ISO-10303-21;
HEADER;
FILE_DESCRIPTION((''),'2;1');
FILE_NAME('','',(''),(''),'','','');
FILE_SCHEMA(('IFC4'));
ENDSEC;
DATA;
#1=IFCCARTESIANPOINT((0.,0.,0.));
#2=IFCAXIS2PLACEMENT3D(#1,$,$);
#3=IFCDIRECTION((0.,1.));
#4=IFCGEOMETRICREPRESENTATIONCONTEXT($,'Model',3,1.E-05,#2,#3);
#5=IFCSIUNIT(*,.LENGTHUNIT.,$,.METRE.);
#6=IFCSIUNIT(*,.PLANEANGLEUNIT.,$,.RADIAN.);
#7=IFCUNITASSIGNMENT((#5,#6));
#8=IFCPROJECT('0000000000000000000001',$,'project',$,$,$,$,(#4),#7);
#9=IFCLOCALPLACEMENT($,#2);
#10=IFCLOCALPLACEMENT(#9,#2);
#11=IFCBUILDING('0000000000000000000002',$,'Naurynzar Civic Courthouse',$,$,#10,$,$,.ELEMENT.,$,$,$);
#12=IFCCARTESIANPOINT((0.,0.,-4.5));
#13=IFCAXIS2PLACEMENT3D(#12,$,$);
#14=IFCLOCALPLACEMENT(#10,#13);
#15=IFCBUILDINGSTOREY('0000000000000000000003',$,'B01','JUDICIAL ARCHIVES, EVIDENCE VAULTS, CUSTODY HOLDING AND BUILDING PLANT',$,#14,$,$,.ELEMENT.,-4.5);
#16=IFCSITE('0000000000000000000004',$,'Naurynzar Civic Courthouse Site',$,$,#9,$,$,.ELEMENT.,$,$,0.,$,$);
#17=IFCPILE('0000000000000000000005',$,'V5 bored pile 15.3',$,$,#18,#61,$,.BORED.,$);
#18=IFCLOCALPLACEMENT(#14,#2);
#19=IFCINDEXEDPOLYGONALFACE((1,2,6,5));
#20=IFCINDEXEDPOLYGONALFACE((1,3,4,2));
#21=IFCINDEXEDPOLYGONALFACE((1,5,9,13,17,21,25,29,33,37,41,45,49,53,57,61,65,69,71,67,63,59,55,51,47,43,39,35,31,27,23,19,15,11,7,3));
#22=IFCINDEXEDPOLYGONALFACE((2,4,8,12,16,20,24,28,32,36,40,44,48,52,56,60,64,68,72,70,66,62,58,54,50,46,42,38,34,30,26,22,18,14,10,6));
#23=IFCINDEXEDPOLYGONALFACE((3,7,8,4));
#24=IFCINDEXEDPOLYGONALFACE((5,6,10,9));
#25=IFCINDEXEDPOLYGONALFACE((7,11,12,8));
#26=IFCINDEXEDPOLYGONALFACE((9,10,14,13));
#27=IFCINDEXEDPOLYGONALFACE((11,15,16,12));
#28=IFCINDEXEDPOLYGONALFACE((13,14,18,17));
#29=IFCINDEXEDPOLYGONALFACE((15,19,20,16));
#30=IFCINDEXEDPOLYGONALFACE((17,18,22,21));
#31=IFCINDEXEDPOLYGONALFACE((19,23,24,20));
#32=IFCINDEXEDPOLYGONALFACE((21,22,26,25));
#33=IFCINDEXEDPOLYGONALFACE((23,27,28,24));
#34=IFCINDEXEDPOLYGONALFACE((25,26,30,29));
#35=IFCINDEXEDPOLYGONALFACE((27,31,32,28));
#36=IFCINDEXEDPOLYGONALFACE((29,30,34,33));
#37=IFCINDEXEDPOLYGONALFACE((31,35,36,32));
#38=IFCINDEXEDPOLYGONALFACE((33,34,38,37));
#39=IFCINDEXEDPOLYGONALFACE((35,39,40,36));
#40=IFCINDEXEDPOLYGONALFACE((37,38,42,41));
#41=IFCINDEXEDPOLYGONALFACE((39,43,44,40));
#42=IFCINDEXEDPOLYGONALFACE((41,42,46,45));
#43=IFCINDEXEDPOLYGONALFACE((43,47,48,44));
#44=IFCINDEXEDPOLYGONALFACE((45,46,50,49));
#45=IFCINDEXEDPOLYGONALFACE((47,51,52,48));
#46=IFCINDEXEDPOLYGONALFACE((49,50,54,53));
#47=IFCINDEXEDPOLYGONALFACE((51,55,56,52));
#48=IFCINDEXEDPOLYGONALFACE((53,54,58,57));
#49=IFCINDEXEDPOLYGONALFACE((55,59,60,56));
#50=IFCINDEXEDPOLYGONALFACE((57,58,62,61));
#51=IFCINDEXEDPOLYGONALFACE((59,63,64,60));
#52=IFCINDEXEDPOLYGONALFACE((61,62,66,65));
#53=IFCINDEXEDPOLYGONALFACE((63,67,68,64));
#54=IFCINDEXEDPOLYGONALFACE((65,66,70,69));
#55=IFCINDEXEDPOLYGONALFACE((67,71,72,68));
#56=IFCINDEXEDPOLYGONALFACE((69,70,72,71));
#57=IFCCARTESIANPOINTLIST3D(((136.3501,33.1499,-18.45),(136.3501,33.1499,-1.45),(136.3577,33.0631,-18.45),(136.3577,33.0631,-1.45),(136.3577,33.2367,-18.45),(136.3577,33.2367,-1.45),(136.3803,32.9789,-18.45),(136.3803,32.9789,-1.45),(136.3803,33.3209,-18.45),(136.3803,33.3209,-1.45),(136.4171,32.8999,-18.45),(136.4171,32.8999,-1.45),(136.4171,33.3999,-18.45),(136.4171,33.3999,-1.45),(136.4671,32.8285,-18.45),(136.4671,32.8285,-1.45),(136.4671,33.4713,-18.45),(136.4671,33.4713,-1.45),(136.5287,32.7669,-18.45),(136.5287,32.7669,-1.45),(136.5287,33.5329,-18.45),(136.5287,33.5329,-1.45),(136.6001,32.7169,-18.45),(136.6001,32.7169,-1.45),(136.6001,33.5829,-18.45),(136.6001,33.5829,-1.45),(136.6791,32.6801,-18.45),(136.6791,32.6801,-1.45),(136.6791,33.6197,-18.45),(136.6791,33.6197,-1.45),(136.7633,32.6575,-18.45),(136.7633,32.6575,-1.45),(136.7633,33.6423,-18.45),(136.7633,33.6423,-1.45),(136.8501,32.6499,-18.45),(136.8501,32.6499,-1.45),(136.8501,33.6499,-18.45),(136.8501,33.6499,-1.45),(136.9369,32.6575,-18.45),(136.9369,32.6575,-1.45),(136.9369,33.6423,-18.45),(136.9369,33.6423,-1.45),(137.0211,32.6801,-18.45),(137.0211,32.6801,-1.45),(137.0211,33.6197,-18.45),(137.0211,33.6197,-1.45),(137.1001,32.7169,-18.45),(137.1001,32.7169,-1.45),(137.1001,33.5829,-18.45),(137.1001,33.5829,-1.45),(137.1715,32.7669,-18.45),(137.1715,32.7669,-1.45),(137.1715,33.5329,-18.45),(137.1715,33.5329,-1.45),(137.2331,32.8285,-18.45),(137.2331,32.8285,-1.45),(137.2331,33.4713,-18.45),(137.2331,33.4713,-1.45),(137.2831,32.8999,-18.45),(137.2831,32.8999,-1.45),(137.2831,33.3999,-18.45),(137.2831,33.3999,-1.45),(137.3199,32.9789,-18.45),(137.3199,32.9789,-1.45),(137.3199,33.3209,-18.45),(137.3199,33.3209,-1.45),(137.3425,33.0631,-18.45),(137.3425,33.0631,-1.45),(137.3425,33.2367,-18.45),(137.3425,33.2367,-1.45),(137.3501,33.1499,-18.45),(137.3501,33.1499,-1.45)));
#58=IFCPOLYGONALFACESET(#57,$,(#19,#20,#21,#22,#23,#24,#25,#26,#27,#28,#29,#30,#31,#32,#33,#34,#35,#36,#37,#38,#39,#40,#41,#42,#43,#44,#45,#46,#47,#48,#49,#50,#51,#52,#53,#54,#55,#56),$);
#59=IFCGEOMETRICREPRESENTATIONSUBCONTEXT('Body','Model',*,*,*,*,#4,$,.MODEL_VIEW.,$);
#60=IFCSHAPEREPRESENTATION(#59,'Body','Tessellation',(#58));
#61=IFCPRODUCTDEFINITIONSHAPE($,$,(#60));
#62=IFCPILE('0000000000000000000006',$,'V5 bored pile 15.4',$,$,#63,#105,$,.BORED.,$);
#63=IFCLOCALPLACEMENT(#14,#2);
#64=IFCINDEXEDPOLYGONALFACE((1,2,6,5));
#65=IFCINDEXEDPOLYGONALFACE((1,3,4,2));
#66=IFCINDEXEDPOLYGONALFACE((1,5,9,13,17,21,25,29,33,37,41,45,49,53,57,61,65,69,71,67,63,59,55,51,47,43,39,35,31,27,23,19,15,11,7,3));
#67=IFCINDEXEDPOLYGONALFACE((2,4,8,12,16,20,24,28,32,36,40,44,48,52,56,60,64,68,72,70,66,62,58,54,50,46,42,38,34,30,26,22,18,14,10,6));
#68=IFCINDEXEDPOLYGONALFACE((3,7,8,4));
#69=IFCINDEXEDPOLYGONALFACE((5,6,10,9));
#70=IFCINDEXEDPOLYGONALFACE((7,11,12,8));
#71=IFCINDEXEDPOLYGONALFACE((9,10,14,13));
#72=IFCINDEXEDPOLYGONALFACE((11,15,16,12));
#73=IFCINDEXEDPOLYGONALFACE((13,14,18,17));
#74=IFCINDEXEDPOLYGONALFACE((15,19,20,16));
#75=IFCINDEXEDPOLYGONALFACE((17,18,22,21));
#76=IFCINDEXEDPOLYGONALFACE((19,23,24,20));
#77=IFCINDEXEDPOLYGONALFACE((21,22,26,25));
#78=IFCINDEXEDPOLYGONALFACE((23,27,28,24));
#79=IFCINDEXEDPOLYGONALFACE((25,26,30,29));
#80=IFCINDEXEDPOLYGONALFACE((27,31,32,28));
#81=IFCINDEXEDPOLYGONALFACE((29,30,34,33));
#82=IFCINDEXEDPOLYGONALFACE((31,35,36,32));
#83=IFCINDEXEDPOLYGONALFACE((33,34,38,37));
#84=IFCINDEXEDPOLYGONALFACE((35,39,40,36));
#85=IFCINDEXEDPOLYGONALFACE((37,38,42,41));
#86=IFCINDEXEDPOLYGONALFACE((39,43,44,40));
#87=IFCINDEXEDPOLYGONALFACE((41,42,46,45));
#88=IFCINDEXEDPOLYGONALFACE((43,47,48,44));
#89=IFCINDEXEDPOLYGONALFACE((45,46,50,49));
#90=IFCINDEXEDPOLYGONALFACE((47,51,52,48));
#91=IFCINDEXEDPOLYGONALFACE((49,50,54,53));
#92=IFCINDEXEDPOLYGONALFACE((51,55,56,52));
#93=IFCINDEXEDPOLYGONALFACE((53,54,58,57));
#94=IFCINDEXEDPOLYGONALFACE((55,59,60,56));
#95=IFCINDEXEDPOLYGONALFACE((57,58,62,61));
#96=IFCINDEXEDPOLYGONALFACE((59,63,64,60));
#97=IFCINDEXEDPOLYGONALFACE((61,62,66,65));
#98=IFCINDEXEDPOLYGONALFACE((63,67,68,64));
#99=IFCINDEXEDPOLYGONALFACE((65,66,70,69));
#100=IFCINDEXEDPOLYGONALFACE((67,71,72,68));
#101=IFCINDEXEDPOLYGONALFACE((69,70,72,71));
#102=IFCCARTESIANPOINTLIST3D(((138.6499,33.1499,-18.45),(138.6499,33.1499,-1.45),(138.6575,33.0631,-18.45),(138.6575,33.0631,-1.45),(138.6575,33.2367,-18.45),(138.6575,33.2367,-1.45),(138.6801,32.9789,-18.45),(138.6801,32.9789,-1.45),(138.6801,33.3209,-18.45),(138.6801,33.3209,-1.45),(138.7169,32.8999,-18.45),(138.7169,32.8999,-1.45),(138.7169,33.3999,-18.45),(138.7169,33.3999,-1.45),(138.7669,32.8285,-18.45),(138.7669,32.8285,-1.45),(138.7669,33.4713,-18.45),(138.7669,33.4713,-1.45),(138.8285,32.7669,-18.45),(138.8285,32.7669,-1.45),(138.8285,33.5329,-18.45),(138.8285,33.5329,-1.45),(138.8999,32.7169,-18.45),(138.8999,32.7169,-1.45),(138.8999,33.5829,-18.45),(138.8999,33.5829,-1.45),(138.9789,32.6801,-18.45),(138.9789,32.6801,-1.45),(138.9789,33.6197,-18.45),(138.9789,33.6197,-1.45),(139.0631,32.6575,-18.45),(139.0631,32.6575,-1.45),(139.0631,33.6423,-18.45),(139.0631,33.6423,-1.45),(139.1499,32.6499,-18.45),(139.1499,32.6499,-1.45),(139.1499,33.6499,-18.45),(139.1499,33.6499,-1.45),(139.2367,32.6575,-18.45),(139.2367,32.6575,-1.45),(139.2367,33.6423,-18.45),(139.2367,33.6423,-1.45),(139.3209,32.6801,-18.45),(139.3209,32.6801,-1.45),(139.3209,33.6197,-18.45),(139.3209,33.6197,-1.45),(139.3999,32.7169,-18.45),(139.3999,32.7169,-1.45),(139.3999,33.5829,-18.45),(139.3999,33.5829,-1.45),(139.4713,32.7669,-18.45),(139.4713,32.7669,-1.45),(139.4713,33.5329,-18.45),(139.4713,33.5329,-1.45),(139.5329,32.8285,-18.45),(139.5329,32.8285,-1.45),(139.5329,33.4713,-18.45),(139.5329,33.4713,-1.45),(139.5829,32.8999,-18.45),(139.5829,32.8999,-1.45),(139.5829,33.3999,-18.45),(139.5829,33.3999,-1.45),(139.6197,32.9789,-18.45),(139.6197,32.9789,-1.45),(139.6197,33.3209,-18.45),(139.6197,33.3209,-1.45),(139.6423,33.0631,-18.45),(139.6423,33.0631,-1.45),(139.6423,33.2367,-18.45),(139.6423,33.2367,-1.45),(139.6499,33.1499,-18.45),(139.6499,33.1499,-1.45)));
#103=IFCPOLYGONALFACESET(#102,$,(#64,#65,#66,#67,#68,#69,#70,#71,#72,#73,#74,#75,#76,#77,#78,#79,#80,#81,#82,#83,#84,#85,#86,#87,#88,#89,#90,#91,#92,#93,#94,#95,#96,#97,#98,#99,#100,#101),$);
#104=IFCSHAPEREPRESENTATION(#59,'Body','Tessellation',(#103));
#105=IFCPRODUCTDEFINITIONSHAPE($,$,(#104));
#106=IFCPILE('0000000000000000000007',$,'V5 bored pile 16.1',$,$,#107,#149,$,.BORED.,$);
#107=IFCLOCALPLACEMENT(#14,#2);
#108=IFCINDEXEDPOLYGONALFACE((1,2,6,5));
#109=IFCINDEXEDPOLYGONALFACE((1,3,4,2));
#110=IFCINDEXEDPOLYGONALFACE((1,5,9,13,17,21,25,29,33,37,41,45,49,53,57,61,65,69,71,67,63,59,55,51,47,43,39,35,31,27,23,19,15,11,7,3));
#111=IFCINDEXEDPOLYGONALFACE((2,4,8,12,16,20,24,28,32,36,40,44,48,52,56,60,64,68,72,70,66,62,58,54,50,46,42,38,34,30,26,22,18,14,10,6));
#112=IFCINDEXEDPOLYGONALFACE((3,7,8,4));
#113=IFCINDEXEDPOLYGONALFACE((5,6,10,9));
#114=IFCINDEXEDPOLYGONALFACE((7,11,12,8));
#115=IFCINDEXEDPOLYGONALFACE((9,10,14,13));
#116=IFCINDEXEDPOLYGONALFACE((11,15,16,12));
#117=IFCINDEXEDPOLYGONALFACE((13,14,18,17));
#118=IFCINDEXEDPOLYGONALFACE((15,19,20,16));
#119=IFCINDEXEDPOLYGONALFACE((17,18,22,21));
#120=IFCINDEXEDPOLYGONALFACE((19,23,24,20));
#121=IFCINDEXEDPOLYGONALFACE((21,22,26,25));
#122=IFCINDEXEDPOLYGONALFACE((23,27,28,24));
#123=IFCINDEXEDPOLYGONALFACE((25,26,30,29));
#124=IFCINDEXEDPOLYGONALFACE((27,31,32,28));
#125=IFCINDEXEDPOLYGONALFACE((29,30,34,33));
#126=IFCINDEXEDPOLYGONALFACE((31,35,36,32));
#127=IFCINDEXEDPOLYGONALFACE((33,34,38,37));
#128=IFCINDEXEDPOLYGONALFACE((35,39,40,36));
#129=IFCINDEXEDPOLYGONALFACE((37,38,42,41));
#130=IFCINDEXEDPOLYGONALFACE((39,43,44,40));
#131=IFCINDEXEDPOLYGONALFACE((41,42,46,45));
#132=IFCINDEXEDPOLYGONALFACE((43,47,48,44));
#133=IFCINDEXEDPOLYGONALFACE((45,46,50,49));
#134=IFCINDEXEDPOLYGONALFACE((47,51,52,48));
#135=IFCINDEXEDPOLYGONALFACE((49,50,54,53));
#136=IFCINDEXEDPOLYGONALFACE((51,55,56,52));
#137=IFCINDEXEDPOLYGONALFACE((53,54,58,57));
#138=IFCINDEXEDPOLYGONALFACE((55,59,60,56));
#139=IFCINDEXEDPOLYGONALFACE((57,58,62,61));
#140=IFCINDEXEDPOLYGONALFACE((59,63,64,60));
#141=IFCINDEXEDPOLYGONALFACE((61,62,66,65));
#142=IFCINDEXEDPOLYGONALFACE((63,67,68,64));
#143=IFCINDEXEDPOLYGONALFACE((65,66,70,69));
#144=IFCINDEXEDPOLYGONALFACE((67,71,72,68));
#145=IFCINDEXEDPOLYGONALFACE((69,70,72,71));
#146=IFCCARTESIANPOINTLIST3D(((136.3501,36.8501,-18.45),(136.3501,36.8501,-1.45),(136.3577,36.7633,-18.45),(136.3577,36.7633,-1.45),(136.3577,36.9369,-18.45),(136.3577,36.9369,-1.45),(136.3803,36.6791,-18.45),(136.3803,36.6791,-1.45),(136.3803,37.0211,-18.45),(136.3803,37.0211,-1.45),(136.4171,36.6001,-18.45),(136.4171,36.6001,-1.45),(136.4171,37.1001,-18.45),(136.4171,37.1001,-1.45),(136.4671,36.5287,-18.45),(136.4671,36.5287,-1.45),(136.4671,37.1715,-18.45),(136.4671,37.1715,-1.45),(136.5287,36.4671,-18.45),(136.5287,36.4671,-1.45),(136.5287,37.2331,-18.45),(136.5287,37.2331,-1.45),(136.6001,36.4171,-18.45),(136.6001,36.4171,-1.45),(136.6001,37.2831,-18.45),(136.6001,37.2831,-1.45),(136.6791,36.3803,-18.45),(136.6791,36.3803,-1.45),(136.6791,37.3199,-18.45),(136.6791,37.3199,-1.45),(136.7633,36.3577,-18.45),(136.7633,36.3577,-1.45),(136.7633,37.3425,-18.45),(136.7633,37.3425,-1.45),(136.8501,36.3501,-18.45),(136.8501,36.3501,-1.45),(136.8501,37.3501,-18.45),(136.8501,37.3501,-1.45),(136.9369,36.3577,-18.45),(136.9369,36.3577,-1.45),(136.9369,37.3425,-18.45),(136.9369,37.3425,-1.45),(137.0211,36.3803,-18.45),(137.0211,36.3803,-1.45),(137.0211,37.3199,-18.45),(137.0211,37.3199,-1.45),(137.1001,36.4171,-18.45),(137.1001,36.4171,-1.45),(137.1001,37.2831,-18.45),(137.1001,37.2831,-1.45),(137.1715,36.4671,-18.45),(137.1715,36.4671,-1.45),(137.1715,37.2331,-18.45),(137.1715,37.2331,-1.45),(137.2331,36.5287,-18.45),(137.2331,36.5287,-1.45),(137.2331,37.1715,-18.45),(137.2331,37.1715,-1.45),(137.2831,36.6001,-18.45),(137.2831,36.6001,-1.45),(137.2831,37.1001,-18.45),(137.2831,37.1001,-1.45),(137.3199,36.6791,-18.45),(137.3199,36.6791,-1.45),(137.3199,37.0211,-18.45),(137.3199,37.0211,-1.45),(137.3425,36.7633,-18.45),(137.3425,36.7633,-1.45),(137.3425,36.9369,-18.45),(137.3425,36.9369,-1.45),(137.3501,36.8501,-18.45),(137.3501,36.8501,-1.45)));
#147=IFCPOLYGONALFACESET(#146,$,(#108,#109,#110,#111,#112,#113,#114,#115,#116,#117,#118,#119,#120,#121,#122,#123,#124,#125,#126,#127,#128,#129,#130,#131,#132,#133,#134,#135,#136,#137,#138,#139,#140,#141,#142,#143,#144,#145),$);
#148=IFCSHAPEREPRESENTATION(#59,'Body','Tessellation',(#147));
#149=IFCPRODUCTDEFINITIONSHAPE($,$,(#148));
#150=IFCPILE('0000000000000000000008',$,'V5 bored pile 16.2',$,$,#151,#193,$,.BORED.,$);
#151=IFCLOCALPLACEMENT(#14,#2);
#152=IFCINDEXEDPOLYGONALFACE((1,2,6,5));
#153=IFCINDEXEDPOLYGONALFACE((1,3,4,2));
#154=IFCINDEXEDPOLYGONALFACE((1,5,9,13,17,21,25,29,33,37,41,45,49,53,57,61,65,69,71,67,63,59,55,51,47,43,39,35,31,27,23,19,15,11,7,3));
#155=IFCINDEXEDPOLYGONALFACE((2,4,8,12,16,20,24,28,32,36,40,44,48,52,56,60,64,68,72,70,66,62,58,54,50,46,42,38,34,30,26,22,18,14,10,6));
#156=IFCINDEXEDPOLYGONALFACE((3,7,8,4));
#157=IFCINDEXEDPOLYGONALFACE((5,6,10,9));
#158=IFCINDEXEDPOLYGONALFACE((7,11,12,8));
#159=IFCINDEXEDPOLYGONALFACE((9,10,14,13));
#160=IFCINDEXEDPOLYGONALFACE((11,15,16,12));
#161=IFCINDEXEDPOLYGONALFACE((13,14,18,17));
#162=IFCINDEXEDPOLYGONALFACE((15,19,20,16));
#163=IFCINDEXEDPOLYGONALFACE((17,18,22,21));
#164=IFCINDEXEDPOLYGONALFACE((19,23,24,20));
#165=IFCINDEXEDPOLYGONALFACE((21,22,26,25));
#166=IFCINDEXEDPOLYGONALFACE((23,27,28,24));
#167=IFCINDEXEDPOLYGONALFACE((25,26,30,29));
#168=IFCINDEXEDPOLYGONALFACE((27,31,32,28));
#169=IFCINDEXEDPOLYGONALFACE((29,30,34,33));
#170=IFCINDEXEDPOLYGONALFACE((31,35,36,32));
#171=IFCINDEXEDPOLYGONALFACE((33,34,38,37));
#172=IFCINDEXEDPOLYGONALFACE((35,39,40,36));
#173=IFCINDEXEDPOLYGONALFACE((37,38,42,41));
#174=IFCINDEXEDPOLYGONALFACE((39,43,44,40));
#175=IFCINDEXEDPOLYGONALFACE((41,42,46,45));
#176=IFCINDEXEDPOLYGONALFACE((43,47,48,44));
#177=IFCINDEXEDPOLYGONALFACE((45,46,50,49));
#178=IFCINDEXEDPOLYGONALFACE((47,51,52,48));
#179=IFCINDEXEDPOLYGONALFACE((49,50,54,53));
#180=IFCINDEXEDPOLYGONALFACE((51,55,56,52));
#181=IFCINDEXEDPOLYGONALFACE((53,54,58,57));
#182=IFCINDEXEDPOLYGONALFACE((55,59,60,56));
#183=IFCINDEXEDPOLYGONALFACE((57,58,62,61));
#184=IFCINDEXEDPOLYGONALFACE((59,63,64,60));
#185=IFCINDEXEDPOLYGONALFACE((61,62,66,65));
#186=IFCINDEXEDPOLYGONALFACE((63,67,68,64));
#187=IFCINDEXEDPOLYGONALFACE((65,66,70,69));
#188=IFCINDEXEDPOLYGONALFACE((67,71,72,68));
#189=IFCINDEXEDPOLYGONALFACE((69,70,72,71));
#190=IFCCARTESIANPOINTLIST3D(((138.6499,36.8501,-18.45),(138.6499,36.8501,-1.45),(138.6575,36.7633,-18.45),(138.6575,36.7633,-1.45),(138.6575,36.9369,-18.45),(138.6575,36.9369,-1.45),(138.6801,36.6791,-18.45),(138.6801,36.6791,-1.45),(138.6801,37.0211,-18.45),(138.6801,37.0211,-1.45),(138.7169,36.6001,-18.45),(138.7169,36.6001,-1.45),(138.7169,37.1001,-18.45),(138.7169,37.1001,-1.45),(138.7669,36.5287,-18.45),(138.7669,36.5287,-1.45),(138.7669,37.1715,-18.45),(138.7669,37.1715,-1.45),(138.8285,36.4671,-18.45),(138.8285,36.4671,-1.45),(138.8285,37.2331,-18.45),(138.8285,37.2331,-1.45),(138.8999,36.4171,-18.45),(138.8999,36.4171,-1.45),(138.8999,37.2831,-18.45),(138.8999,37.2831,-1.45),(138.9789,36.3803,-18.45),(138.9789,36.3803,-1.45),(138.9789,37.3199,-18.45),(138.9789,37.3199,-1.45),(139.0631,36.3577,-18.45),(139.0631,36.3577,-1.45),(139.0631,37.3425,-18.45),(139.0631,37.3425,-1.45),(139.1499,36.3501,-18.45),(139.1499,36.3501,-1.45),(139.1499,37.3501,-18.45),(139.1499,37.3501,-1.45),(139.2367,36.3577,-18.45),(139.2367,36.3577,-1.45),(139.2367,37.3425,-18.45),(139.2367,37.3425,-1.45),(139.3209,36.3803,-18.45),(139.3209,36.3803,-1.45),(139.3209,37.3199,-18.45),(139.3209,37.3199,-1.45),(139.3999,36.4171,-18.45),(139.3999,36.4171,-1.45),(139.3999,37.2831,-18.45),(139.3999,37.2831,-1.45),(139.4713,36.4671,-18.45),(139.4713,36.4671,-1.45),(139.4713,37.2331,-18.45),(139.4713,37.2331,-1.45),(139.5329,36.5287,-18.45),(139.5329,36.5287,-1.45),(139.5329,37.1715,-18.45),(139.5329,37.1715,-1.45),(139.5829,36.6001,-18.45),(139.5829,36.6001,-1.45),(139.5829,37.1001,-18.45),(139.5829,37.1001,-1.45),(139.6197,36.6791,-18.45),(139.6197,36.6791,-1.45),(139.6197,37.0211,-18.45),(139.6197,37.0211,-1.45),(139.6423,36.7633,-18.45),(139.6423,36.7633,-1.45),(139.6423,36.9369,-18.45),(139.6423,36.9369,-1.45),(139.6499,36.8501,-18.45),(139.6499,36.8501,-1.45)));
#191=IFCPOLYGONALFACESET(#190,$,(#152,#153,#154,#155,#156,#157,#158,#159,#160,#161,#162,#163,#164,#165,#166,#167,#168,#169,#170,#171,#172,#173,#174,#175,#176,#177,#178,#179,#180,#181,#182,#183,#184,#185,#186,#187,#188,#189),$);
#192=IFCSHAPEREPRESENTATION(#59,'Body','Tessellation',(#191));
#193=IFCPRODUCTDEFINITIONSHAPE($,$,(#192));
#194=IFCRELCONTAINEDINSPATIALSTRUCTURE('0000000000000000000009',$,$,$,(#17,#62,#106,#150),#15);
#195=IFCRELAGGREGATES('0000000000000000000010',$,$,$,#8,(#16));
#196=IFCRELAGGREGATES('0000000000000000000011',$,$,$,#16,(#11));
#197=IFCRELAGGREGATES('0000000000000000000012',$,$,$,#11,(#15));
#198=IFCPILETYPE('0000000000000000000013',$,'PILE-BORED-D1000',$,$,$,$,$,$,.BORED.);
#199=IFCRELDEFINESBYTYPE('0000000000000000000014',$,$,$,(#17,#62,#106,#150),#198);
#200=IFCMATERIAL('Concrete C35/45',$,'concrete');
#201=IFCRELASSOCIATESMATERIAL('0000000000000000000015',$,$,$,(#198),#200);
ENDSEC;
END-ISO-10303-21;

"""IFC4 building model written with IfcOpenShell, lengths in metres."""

from ifc_helpers import new_model, si_unit, direction, frame, origin, origin_2d, place, context, subcontext, project, spatial, circle, extrude, material, material_profile, profile_set, type_object, element, save


model = new_model("IFC4")

# Units and contexts
model_context = context("Model", 3, precision=1e-05, world=origin(), true_north=direction((0.0, 1.0)))
body_context = subcontext(model_context, "Body", "Model", "MODEL_VIEW")
ifc_project = project(units=[si_unit("LENGTHUNIT", "METRE"), si_unit("PLANEANGLEUNIT", "RADIAN")], contexts=[model_context])

# Site, building, storey
site_placement = place(None, origin())
site = spatial("IfcSite", under=ifc_project, at=site_placement, Name="Naurynzar Civic Courthouse Site", CompositionType="ELEMENT", RefElevation=0.0)
building_placement = place(site_placement, origin())
building = spatial("IfcBuilding", under=site, at=building_placement, Name="Naurynzar Civic Courthouse", CompositionType="ELEMENT")
storey_placement = place(building_placement, frame((0.0, 0.0, -4.5)))
storey = spatial("IfcBuildingStorey", under=building, at=storey_placement, Name="B01", Description="JUDICIAL ARCHIVES, EVIDENCE VAULTS, CUSTODY HOLDING AND BUILDING PLANT", CompositionType="ELEMENT", Elevation=-4.5)

# Piles
ifc_material_1 = material(Name="Concrete C35/45", Category="concrete")
ifc_material_profile_1 = material_profile(ifc_material_1, circle(Radius=0.5, at=origin_2d()), Name="PILE D1000")
ifc_profile_set_1 = profile_set([ifc_material_profile_1], Name="Concrete C35/45")
pile_type = type_object("IfcPileType", Name="PILE-BORED-D1000", PredefinedType="BORED", material=ifc_profile_set_1)
for number, where, z_axis, x_axis, name in (
    (1, (136.8501, 33.1499, -1.45), (0.0, 0.0, -1.0), (1.0, 0.0, 0.0), "V5 bored pile 15.3"),
    (2, (139.1499, 33.1499, -1.45), (0.0, 0.0, -1.0), (1.0, 0.0, 0.0), "V5 bored pile 15.4"),
    (3, (136.8501, 36.8501, -1.45), (0.0, 0.0, -1.0), (1.0, 0.0, 0.0), "V5 bored pile 16.1"),
    (4, (139.1499, 36.8501, -1.45), (0.0, 0.0, -1.0), (1.0, 0.0, 0.0), "V5 bored pile 16.2"),
):
    element("IfcPile", number, at=place(storey_placement, frame(where, z_axis=z_axis, x_axis=x_axis)), inside=storey, type_object=pile_type, Name=name, PredefinedType="BORED", context=body_context, shape_type="SweptSolid", body=[
        extrude(circle(Radius=0.5, at=origin_2d()), origin(), (0.0, 0.0, 1.0), 17.0),
    ])

save(model, "model.ifc")
